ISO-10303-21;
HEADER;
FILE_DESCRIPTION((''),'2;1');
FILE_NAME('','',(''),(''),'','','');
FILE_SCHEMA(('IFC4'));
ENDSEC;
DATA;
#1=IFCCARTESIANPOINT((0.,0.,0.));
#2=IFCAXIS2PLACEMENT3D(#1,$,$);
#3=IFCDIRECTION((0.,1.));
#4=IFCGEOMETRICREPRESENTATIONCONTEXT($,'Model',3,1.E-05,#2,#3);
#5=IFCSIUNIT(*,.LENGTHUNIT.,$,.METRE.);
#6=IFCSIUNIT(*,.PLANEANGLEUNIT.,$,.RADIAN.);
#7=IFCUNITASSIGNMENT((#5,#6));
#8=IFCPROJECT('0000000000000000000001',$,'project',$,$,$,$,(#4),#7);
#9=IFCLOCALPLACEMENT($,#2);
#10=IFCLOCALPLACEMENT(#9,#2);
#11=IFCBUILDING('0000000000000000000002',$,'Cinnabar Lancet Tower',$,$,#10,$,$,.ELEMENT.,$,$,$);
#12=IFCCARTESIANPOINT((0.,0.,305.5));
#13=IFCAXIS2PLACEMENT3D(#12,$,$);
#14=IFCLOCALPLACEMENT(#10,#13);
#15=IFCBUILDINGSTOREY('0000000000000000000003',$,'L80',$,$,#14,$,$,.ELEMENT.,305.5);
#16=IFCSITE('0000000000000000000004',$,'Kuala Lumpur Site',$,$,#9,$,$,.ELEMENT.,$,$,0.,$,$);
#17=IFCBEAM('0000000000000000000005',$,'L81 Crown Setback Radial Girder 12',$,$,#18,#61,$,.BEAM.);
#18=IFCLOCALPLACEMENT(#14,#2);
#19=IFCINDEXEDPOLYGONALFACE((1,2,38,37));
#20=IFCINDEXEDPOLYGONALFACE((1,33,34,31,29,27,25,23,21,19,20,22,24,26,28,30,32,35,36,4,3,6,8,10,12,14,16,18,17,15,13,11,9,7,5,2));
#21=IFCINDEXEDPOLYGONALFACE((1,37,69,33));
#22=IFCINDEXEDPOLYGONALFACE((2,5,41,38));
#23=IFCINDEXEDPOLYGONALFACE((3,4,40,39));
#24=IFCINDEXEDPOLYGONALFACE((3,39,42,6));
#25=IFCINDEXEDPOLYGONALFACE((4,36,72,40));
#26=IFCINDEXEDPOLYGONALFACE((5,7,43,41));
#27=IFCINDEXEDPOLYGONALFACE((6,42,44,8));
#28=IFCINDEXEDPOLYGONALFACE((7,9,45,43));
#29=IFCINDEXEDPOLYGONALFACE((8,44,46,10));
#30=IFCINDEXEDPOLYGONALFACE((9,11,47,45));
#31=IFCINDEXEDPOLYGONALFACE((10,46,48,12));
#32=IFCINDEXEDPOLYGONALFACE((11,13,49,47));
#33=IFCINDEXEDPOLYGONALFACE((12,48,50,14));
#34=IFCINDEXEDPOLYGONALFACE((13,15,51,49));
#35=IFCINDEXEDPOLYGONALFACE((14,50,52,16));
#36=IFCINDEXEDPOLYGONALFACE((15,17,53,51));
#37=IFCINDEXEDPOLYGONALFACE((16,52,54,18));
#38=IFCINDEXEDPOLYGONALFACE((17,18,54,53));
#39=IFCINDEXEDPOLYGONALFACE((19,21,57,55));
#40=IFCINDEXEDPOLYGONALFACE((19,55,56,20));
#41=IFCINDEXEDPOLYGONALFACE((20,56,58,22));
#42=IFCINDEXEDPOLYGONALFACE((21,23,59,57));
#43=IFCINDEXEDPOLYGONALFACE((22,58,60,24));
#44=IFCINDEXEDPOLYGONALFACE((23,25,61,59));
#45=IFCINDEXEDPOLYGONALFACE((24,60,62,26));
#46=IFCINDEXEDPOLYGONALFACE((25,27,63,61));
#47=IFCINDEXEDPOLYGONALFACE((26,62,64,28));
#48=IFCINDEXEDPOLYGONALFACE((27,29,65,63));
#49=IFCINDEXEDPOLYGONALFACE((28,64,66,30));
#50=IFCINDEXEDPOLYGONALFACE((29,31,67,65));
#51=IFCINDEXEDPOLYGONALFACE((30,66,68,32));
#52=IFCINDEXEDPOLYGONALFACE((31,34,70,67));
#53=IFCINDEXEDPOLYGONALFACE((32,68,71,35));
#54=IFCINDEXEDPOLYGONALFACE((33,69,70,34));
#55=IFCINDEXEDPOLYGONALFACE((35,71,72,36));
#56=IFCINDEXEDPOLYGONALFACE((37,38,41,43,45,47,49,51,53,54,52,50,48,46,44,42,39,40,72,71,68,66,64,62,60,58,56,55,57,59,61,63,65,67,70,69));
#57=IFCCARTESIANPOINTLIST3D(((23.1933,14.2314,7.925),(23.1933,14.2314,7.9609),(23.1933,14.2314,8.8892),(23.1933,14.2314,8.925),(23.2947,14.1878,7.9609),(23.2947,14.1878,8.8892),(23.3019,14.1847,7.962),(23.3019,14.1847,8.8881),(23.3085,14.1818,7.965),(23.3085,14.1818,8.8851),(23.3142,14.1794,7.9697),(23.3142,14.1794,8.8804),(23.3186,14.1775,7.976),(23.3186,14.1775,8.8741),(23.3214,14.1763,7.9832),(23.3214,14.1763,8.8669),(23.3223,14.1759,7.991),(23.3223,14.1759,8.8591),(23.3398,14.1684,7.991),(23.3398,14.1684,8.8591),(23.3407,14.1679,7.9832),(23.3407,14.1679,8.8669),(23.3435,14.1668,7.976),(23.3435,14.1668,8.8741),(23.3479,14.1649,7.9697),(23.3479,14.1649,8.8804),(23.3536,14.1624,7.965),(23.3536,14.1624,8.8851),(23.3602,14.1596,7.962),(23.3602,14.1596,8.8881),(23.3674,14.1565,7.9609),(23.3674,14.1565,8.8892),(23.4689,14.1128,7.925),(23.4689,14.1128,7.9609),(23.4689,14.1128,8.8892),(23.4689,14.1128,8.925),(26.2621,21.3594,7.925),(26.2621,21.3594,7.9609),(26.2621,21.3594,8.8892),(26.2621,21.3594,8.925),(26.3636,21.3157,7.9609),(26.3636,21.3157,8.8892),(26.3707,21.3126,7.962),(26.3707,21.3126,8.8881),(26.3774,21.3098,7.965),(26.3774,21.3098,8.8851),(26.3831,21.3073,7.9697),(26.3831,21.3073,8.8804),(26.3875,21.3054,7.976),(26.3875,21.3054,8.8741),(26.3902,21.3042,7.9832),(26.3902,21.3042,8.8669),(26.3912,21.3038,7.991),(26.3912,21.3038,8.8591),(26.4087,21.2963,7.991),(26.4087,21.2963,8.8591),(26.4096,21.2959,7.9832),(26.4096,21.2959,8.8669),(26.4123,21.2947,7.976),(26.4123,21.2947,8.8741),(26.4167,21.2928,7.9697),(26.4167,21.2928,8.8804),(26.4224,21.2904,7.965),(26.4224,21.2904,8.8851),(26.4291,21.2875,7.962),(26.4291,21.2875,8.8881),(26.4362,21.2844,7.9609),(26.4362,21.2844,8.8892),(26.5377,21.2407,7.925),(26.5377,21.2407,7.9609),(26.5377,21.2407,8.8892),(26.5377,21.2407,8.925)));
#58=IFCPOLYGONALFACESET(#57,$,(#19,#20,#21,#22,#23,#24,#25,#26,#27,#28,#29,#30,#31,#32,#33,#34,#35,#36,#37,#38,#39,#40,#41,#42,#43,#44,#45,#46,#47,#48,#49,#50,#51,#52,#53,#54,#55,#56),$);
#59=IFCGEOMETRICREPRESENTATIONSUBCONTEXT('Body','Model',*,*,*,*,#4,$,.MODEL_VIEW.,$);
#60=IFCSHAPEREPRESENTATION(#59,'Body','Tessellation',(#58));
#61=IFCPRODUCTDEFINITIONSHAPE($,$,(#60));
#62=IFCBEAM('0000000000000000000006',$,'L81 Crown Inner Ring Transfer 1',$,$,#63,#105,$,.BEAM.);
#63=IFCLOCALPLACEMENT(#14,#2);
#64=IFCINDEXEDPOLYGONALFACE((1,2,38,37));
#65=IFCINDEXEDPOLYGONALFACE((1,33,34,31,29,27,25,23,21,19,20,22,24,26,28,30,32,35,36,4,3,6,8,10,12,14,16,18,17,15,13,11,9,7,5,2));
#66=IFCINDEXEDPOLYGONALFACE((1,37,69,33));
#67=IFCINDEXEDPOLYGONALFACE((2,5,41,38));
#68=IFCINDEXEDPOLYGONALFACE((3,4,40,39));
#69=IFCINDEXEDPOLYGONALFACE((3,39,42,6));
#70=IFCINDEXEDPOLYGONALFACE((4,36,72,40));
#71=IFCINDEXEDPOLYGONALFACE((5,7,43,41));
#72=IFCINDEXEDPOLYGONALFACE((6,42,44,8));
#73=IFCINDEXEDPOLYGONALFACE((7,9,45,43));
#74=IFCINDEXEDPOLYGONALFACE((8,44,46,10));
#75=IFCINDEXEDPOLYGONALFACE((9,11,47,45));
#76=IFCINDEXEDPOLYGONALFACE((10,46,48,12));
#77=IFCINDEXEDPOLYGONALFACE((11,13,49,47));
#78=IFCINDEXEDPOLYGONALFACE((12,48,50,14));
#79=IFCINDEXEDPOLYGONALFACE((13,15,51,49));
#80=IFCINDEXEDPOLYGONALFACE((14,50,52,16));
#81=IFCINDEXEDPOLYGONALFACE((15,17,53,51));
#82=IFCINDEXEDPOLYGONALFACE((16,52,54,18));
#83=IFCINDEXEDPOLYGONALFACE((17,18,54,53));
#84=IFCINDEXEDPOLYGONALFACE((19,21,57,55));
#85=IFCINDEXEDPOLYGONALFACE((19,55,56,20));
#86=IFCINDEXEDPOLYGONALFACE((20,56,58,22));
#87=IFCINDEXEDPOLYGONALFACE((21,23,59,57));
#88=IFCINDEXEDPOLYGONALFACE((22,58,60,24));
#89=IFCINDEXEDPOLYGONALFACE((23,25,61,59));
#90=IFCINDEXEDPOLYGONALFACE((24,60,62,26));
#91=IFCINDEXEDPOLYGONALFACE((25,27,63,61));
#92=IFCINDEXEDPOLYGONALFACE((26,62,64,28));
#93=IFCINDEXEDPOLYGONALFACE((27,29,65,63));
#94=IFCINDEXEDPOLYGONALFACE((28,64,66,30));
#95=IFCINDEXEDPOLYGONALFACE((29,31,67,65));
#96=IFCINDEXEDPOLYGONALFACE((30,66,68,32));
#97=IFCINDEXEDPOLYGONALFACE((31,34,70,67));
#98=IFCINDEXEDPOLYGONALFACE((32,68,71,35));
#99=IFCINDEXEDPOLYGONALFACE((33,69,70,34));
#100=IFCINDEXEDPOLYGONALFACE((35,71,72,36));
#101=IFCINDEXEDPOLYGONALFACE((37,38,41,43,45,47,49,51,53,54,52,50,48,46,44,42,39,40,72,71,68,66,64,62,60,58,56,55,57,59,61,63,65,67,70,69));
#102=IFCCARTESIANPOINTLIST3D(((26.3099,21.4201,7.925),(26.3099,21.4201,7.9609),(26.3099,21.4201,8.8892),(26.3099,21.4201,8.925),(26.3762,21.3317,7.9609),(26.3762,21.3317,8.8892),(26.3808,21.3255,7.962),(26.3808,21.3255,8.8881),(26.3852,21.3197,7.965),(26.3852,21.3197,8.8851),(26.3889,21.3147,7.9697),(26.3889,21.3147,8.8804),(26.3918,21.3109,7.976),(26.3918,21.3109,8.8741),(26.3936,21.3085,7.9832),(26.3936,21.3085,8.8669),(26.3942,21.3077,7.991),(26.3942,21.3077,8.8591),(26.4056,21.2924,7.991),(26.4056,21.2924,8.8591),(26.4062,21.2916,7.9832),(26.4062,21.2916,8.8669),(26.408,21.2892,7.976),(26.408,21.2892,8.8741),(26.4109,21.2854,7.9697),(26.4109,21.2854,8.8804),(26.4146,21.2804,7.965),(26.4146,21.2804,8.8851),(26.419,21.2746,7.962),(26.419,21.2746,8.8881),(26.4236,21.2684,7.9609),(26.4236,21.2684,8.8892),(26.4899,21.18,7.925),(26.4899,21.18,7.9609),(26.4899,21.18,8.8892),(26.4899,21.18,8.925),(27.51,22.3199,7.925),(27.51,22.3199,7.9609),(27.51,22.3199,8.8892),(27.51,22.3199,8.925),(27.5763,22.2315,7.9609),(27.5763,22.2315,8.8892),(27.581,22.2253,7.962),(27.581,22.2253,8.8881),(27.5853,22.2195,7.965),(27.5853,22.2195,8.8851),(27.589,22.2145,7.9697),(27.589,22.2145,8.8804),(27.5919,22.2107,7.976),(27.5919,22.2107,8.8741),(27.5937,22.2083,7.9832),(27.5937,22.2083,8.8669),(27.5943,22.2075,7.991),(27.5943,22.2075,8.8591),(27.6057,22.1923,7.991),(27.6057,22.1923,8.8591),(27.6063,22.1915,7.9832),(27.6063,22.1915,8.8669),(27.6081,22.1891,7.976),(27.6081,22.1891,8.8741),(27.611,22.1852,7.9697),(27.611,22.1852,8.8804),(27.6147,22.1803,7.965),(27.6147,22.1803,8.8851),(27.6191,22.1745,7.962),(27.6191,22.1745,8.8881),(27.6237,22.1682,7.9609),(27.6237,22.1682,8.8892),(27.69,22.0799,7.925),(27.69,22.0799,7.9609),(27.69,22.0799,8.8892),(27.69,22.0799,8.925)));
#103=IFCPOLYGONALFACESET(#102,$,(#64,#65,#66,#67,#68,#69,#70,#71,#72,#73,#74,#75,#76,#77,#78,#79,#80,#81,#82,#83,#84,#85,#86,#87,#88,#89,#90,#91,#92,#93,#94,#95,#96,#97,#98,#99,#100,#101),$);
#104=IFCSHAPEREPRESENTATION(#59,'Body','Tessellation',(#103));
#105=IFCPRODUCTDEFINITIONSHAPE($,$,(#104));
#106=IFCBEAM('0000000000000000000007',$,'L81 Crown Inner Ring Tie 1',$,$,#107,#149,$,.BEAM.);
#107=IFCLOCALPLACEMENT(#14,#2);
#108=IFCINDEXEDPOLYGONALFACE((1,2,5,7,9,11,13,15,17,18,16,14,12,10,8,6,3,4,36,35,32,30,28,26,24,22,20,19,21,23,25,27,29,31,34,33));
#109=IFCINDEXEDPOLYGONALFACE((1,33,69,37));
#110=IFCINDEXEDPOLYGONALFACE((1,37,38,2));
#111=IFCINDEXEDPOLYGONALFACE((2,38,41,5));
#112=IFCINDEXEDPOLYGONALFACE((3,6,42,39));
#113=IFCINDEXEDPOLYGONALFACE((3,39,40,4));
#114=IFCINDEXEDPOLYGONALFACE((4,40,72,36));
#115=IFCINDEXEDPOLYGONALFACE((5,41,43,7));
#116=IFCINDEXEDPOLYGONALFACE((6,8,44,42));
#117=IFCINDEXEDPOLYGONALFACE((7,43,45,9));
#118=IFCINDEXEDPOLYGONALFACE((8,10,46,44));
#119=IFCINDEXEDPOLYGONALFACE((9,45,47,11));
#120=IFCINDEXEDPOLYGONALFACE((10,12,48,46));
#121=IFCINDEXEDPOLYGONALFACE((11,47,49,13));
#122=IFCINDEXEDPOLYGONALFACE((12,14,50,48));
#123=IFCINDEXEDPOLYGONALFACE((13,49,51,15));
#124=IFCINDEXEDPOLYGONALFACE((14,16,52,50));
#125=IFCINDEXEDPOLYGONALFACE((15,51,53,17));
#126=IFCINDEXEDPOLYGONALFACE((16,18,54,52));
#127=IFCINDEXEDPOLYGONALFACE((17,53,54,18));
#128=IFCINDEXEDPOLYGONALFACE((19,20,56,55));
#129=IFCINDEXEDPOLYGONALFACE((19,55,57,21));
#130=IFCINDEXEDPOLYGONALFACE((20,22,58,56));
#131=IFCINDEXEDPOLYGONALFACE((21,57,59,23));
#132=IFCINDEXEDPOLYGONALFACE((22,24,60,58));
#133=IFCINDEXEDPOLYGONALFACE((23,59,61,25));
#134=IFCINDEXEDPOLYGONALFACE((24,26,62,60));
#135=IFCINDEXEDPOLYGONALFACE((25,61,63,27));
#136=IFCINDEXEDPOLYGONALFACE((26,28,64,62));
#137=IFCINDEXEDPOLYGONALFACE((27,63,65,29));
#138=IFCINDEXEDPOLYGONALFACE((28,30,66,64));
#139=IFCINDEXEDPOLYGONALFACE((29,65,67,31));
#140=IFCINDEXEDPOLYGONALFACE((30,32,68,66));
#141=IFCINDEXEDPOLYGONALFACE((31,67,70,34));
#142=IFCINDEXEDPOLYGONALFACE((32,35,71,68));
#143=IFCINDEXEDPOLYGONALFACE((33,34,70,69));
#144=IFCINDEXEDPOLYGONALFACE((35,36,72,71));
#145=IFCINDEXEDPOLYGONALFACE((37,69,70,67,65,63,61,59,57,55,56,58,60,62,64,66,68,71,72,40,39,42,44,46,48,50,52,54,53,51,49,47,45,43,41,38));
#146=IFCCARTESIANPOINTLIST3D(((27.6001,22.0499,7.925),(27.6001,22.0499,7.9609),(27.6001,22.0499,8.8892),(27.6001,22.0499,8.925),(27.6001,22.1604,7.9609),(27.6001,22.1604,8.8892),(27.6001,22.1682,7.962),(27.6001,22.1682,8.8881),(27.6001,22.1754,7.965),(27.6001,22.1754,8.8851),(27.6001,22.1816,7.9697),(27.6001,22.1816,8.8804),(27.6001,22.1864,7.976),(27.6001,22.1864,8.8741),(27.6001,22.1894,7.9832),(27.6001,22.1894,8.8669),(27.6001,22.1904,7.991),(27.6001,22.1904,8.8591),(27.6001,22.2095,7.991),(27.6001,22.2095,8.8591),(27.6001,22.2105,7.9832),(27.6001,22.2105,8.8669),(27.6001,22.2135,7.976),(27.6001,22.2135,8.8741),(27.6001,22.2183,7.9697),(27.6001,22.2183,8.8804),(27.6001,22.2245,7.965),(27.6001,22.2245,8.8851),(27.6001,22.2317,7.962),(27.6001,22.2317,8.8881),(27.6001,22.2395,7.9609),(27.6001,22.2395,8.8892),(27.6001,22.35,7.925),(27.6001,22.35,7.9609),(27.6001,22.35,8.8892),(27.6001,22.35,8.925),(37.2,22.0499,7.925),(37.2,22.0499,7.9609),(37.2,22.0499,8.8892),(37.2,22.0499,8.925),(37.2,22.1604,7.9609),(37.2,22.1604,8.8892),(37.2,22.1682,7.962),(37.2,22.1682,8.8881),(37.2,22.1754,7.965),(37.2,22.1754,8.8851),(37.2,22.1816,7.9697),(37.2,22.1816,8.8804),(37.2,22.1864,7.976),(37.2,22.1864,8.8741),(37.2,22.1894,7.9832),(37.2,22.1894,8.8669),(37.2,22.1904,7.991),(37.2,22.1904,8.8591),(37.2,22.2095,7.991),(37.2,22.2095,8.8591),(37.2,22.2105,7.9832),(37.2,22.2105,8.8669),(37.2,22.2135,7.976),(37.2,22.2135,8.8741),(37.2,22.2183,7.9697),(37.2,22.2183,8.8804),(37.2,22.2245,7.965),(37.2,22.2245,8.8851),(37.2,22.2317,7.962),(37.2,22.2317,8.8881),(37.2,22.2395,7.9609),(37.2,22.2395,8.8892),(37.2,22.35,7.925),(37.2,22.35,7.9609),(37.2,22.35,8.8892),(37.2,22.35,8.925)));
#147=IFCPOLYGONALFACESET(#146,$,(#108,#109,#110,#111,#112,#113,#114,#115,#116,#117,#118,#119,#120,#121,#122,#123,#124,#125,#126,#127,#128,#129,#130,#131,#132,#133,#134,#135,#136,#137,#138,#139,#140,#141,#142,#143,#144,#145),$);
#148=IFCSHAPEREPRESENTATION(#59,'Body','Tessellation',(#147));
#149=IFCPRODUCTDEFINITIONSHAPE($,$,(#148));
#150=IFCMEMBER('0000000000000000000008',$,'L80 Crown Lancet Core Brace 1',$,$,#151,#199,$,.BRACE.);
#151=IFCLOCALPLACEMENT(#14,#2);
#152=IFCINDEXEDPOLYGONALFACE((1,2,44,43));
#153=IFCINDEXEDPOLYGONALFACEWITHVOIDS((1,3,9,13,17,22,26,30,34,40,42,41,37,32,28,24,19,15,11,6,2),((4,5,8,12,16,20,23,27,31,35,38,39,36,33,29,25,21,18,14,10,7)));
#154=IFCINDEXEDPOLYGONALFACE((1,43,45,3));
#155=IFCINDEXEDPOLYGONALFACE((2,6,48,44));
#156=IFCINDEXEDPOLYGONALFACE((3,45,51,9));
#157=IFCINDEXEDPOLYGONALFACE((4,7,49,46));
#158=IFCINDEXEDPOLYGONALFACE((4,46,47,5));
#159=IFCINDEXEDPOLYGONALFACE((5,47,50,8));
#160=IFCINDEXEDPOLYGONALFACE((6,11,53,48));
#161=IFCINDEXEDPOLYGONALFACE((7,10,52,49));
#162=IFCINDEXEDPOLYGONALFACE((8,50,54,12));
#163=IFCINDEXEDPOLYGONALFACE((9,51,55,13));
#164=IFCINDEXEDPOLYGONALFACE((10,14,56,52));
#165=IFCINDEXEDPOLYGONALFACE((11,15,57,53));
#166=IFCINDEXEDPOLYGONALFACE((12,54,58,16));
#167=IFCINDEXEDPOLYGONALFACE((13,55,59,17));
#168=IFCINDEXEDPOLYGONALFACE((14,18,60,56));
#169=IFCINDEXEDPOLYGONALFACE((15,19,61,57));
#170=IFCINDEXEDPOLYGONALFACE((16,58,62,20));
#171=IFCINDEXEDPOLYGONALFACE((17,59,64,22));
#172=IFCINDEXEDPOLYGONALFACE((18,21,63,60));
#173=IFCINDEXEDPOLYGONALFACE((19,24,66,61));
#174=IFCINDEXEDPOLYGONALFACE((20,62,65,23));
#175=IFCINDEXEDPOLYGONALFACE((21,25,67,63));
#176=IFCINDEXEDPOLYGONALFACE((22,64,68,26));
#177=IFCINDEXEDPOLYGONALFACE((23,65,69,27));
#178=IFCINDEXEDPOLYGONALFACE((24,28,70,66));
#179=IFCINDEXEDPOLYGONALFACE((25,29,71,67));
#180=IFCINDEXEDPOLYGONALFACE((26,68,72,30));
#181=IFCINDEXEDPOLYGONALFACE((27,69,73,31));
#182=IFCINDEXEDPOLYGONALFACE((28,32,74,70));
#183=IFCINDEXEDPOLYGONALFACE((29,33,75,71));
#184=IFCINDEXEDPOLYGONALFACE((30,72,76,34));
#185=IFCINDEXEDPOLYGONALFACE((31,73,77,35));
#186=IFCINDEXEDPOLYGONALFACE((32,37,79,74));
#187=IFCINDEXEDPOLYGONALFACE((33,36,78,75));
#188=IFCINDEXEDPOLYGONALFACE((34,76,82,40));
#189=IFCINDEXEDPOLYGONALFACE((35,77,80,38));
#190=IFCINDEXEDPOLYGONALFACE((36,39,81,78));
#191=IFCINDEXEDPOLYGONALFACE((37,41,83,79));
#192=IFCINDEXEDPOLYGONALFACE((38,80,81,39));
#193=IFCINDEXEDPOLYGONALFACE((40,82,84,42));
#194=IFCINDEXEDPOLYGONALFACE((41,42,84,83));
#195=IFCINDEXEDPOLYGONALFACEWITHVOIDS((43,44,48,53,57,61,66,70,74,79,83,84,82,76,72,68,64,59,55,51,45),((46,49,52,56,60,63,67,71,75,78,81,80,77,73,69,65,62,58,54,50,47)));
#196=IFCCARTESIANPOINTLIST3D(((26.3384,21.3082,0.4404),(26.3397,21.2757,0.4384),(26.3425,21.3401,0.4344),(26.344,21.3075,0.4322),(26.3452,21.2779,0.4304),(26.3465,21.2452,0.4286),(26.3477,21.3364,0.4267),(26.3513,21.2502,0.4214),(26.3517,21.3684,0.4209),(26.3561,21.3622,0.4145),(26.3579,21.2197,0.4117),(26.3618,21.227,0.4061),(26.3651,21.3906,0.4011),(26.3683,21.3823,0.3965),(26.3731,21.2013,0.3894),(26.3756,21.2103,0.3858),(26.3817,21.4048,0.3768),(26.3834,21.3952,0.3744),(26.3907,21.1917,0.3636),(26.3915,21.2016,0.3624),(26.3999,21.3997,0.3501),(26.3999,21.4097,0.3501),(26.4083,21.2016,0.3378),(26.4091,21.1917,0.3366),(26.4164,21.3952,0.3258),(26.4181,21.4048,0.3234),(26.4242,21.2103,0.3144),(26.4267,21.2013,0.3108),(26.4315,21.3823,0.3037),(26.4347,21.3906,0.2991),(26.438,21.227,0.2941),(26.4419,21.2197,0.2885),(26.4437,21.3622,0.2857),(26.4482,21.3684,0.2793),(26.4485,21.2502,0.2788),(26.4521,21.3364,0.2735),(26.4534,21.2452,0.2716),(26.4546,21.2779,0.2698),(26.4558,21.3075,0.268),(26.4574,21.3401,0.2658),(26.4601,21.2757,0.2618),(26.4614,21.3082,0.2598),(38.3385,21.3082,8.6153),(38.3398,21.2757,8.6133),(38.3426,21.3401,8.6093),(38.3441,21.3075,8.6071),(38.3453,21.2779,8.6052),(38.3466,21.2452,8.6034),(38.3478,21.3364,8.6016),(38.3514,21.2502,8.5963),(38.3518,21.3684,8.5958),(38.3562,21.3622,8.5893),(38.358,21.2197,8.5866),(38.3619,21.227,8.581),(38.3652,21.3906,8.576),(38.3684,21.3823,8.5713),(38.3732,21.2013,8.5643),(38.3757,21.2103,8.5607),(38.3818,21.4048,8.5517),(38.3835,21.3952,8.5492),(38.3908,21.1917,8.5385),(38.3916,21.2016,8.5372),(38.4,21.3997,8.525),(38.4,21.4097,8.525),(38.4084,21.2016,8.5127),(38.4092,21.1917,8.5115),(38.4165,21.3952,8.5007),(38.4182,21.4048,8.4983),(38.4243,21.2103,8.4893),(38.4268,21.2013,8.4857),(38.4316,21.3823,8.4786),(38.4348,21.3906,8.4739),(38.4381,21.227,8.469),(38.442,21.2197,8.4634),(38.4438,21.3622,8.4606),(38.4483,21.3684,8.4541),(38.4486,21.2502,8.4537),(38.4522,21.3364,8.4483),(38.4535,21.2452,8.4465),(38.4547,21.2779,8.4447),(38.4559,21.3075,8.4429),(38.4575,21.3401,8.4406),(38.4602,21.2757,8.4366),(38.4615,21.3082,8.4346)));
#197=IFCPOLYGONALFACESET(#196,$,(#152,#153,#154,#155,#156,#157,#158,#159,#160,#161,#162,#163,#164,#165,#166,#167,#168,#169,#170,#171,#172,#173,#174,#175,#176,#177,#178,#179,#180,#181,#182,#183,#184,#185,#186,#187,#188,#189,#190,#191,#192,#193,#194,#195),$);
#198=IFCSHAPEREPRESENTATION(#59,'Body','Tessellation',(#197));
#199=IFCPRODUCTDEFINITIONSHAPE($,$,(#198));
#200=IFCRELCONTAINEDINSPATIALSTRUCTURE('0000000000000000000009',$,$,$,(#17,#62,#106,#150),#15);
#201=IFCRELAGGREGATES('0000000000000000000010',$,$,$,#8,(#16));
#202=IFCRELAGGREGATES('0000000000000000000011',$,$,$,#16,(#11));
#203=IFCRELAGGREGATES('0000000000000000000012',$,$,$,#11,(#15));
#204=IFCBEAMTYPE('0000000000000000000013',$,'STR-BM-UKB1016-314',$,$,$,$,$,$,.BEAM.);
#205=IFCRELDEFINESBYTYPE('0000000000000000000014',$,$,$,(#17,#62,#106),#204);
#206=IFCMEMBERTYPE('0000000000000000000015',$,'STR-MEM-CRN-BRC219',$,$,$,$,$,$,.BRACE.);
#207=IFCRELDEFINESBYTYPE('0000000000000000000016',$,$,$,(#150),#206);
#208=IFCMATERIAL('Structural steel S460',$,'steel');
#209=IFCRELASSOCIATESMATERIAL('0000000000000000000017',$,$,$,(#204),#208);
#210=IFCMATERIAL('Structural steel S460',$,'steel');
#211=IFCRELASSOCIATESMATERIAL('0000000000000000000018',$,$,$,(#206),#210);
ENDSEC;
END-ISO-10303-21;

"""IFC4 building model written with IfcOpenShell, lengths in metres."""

from ifc_helpers import new_model, si_unit, direction, frame, origin, origin_2d, place, context, subcontext, project, spatial, hollow_circle, i_section, extrude, material, material_profile, profile_set, type_object, element, save


model = new_model("IFC4")

# Units and contexts
model_context = context("Model", 3, precision=1e-05, world=origin(), true_north=direction((0.0, 1.0)))
body_context = subcontext(model_context, "Body", "Model", "MODEL_VIEW")
ifc_project = project(units=[si_unit("LENGTHUNIT", "METRE"), si_unit("PLANEANGLEUNIT", "RADIAN")], contexts=[model_context])

# Site, building, storey
site_placement = place(None, origin())
site = spatial("IfcSite", under=ifc_project, at=site_placement, Name="Kuala Lumpur Site", CompositionType="ELEMENT", RefElevation=0.0)
building_placement = place(site_placement, origin())
building = spatial("IfcBuilding", under=site, at=building_placement, Name="Cinnabar Lancet Tower", CompositionType="ELEMENT")
storey_placement = place(building_placement, frame((0.0, 0.0, 305.5)))
storey = spatial("IfcBuildingStorey", under=building, at=storey_placement, Name="L80", CompositionType="ELEMENT", Elevation=305.5)

# Beams
ifc_material_1 = material(Name="Structural steel S460", Category="steel")
ifc_material_profile_1 = material_profile(ifc_material_1, i_section(OverallWidth=0.3, OverallDepth=1.0, WebThickness=0.019, FlangeThickness=0.0359, FilletRadius=0.03, at=origin_2d()), Name="UKB 1016x305x314")
ifc_profile_set_1 = profile_set([ifc_material_profile_1], Name="Structural steel S460")
beam_type = type_object("IfcBeamType", Name="STR-BM-UKB1016-314", PredefinedType="BEAM", material=ifc_profile_set_1)
beam_1_placement = place(storey_placement, frame((23.3311, 14.1721, 8.425), z_axis=(0.395445, 0.91849, 0.0), x_axis=(-0.91849, 0.395445, 0.0)))
element("IfcBeam", 1, at=beam_1_placement, inside=storey, type_object=beam_type, Name="L81 Crown Setback Radial Girder 12", PredefinedType="BEAM", context=body_context, shape_type="SweptSolid", body=[
    extrude(i_section(OverallWidth=0.3, OverallDepth=1.0, WebThickness=0.019, FlangeThickness=0.0359, FilletRadius=0.03, at=origin_2d()), origin(), (0.0, 0.0, 1.0), 7.7605),
])
beam_2_placement = place(storey_placement, frame((26.3999, 21.3, 8.425), z_axis=(0.800078, 0.599896, 0.0), x_axis=(-0.599896, 0.800078, 0.0)))
element("IfcBeam", 2, at=beam_2_placement, inside=storey, type_object=beam_type, Name="L81 Crown Inner Ring Transfer 1", PredefinedType="BEAM", context=body_context, shape_type="SweptSolid", body=[
    extrude(i_section(OverallWidth=0.3, OverallDepth=1.0, WebThickness=0.019, FlangeThickness=0.0359, FilletRadius=0.03, at=origin_2d()), origin(), (0.0, 0.0, 1.0), 1.5),
])
beam_3_placement = place(storey_placement, frame((27.6001, 22.2, 8.425), z_axis=(1.0, 0.0, 0.0), x_axis=(0.0, 1.0, 0.0)))
element("IfcBeam", 3, at=beam_3_placement, inside=storey, type_object=beam_type, Name="L81 Crown Inner Ring Tie 1", PredefinedType="BEAM", context=body_context, shape_type="SweptSolid", body=[
    extrude(i_section(OverallWidth=0.3, OverallDepth=1.0, WebThickness=0.019, FlangeThickness=0.0359, FilletRadius=0.03, at=origin_2d()), origin(), (0.0, 0.0, 1.0), 9.5999),
])

# Member
ifc_material_2 = material(Name="Structural steel S460", Category="steel")
ifc_material_profile_2 = material_profile(ifc_material_2, hollow_circle(Radius=0.1096, WallThickness=0.01, at=origin_2d()), Name="CHS 219.1x10")
ifc_profile_set_2 = profile_set([ifc_material_profile_2], Name="Structural steel S460")
member_type_1 = type_object("IfcMemberType", Name="STR-MEM-CRN-BRC219", PredefinedType="BRACE", material=ifc_profile_set_2)
member_1_placement = place(storey_placement, frame((26.3999, 21.3, 0.3501), z_axis=(0.826452, 0.0, 0.563007), x_axis=(0.0, 1.0, 0.0)))
element("IfcMember", 4, at=member_1_placement, inside=storey, type_object=member_type_1, Name="L80 Crown Lancet Core Brace 1", PredefinedType="BRACE", context=body_context, shape_type="SweptSolid", body=[
    extrude(hollow_circle(Radius=0.1096, WallThickness=0.01, at=origin_2d()), origin(), (0.0, 0.0, 1.0), 14.52),
])

save(model, "model.ifc")
